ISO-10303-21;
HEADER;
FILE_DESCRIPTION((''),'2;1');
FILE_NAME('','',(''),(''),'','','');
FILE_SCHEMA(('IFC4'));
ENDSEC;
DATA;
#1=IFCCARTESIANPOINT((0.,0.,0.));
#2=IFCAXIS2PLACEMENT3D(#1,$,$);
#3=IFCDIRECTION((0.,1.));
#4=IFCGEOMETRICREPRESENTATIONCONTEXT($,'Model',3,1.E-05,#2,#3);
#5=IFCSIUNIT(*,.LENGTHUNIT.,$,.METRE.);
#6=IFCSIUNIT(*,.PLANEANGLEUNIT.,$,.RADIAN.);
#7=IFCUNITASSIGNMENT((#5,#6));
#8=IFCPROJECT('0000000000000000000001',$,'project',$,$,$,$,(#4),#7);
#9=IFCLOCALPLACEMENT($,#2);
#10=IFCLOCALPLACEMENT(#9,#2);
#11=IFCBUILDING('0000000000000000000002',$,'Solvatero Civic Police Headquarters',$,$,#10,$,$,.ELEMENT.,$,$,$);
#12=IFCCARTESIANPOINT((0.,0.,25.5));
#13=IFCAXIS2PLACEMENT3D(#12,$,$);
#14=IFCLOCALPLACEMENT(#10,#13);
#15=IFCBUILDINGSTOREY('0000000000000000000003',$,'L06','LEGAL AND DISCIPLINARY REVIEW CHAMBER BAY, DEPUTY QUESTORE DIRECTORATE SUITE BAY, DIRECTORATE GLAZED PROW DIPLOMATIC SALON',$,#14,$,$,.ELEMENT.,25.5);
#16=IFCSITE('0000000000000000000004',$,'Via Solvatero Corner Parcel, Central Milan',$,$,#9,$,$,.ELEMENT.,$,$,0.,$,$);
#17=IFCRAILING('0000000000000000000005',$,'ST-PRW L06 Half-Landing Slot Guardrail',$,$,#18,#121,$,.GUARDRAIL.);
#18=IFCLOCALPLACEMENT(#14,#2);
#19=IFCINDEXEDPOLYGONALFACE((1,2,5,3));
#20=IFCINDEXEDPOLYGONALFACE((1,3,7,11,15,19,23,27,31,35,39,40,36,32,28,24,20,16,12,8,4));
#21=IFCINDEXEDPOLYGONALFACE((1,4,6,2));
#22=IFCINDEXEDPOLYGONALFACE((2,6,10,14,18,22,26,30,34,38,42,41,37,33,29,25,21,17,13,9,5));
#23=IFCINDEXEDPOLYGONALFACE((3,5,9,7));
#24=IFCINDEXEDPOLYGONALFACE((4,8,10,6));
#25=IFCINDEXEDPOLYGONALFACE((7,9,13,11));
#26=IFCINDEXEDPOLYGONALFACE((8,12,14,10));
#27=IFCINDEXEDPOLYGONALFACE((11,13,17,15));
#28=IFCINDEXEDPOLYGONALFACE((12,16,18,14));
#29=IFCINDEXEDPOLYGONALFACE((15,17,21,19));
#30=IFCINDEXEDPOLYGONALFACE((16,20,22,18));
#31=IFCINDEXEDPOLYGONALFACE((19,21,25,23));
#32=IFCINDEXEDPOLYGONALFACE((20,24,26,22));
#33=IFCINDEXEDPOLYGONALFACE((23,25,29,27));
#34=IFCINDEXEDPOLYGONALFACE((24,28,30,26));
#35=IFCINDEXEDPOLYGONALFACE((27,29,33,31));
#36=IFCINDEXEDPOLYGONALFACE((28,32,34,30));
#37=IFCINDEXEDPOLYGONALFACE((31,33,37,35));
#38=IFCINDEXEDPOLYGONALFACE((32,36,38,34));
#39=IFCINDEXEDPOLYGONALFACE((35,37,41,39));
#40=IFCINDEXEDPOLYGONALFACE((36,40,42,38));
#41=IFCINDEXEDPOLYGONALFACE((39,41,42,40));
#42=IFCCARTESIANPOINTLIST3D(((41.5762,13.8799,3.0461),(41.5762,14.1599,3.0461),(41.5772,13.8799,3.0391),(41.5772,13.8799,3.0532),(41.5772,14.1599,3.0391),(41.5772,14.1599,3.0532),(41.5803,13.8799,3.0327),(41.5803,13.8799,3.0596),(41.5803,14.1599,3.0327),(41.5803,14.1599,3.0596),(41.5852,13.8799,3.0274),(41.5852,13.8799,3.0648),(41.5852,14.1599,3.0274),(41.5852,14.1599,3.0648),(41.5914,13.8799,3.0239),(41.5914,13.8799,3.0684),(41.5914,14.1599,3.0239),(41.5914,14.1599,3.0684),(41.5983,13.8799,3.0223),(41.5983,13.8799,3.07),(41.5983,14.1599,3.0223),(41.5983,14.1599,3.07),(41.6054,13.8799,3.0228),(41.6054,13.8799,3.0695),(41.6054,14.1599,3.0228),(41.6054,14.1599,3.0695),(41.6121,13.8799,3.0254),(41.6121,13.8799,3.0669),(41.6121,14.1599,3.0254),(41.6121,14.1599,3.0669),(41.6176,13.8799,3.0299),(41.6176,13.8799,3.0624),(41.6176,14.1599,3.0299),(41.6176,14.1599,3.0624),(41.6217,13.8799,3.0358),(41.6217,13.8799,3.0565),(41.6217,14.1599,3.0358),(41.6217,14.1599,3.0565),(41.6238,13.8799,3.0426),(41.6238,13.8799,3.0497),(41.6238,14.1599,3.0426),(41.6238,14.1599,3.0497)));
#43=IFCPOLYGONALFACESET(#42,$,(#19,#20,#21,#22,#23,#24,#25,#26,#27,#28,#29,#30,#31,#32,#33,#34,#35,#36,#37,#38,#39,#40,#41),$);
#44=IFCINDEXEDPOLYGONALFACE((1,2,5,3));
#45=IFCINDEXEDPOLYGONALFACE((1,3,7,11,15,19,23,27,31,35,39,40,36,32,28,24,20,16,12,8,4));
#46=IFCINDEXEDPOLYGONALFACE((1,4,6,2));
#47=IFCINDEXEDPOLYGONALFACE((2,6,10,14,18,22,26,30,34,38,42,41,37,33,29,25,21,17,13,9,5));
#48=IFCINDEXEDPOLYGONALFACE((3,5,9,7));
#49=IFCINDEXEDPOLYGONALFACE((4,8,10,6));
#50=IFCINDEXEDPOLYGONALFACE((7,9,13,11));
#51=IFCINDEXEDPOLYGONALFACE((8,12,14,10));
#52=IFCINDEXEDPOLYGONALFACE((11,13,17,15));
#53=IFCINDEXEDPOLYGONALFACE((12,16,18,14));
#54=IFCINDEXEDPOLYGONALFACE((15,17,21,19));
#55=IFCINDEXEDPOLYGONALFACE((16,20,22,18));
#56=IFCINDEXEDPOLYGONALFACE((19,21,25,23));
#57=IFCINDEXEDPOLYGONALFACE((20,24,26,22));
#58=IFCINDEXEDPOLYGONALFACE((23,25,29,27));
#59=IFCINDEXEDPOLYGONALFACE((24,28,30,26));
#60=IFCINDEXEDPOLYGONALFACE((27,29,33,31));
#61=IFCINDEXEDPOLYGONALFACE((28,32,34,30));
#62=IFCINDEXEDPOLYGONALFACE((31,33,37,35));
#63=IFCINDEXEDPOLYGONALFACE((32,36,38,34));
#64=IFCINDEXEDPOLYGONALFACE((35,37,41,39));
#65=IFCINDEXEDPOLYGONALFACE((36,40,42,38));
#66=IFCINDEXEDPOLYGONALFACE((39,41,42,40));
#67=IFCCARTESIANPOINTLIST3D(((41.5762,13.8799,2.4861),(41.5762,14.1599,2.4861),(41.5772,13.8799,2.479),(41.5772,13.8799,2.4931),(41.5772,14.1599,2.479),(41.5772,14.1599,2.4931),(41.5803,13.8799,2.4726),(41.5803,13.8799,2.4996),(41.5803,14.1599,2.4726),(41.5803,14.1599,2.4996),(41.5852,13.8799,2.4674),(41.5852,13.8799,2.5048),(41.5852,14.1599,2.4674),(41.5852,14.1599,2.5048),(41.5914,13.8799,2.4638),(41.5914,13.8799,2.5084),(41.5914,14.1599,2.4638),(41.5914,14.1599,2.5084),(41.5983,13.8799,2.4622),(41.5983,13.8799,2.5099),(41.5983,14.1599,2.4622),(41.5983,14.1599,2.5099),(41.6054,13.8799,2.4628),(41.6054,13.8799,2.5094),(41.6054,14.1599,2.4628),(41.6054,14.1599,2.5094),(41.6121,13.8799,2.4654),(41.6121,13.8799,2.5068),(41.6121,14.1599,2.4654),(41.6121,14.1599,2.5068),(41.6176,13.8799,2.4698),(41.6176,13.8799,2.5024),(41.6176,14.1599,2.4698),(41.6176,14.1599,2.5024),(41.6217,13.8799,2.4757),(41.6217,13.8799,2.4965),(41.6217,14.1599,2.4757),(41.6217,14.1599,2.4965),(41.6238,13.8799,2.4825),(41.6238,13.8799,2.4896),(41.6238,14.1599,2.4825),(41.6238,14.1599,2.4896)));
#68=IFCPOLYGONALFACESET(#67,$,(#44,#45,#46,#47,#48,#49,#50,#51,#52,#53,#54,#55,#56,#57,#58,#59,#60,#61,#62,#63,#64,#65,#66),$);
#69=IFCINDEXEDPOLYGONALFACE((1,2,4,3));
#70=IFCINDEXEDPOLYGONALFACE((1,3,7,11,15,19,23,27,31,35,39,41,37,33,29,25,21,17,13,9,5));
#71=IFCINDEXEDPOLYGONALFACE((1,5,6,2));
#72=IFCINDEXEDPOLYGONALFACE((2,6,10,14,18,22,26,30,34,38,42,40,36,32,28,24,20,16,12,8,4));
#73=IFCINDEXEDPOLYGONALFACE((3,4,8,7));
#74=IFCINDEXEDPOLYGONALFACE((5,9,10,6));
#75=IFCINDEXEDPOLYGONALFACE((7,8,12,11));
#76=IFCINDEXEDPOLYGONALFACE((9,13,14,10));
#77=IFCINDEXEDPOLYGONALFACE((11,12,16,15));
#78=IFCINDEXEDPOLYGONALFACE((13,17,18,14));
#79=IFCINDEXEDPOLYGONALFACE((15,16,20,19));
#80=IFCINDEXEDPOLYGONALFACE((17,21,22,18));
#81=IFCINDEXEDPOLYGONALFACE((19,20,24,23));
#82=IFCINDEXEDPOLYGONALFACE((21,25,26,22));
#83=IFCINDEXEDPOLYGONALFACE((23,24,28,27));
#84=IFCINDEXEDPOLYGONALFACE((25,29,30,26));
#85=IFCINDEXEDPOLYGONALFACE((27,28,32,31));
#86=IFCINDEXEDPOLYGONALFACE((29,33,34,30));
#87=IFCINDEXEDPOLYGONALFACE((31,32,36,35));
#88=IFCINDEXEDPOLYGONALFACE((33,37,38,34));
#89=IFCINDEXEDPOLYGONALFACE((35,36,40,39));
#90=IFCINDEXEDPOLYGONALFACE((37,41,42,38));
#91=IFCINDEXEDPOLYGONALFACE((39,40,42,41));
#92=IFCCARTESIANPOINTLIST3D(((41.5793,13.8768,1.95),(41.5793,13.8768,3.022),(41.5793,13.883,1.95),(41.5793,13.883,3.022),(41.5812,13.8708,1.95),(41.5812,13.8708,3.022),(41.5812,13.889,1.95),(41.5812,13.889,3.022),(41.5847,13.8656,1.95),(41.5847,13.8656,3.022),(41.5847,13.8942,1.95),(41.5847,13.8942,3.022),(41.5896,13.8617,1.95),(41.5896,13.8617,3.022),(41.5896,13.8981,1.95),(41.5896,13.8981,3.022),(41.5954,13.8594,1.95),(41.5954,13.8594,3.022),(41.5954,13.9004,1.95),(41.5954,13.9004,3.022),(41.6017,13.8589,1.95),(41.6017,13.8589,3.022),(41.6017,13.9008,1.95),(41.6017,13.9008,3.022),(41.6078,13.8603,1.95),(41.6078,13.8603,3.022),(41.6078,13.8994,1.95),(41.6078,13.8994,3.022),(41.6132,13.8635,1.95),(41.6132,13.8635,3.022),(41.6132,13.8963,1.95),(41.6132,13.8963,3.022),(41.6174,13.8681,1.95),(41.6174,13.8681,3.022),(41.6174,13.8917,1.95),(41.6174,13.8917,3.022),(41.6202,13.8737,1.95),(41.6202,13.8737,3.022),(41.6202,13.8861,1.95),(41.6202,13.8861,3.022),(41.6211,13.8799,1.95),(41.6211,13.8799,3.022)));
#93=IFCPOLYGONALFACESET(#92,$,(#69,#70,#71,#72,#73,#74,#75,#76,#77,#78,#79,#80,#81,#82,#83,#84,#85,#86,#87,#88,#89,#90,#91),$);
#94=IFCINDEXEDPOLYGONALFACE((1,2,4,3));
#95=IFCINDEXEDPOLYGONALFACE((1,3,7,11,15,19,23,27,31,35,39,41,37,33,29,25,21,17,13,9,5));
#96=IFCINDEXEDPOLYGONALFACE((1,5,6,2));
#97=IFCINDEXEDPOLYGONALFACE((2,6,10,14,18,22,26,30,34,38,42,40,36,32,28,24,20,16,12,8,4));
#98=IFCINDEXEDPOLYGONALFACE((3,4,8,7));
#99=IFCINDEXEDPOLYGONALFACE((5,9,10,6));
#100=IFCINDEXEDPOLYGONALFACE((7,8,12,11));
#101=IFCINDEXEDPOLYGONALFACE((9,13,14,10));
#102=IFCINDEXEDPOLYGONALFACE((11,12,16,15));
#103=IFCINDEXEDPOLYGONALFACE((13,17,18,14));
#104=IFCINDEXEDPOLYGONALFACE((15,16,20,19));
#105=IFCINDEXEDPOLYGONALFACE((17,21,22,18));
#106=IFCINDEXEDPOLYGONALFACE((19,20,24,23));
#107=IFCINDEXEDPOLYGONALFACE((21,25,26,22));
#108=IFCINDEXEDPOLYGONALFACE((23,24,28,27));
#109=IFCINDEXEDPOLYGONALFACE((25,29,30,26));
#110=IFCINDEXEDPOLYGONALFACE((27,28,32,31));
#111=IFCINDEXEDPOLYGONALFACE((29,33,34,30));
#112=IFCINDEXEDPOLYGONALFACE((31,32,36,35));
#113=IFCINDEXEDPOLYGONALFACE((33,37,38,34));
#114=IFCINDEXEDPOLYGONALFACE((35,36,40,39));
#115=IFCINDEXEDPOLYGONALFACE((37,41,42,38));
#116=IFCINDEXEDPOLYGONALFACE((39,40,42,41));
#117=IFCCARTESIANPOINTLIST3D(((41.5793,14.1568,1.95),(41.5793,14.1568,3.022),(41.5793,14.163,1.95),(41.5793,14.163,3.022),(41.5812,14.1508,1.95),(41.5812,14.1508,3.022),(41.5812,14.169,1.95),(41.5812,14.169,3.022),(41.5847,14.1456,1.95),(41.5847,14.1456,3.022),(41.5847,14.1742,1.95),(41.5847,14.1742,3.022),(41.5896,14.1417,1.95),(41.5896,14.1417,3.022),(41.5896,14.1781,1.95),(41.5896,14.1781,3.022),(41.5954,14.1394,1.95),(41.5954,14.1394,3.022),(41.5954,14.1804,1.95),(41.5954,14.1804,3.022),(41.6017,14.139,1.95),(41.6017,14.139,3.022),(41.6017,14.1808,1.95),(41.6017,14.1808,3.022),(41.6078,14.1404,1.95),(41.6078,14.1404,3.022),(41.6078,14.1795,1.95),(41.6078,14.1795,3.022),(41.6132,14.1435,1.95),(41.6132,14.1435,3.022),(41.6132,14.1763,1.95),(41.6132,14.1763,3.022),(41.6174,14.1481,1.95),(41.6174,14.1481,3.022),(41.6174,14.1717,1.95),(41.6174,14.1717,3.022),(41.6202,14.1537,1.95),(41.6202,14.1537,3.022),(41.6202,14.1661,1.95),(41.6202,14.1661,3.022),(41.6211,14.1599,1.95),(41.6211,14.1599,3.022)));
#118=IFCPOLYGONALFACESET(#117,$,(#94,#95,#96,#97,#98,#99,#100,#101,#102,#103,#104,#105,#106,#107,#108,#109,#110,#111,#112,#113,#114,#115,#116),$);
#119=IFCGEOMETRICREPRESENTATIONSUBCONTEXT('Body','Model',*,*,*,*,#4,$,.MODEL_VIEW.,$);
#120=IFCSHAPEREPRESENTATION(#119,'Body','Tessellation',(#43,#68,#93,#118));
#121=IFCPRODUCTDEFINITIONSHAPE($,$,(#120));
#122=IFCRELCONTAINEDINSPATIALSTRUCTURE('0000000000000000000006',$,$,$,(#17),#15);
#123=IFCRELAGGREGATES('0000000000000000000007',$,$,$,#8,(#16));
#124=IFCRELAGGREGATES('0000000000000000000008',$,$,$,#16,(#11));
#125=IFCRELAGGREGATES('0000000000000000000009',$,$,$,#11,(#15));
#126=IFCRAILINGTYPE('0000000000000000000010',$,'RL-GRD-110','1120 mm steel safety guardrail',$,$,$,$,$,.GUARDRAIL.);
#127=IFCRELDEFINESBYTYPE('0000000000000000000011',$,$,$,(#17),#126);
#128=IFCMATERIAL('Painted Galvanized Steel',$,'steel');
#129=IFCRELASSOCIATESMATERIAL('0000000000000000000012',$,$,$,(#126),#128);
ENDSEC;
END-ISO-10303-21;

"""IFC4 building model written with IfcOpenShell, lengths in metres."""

from ifc_helpers import new_model, si_unit, direction, frame, origin, origin_2d, place, context, subcontext, project, spatial, circle, extrude, material, type_object, element, save


model = new_model("IFC4")

# Units and contexts
model_context = context("Model", 3, precision=1e-05, world=origin(), true_north=direction((0.0, 1.0)))
body_context = subcontext(model_context, "Body", "Model", "MODEL_VIEW")
ifc_project = project(units=[si_unit("LENGTHUNIT", "METRE"), si_unit("PLANEANGLEUNIT", "RADIAN")], contexts=[model_context])

# Site, building, storey
site_placement = place(None, origin())
site = spatial("IfcSite", under=ifc_project, at=site_placement, Name="Via Solvatero Corner Parcel, Central Milan", CompositionType="ELEMENT", RefElevation=0.0)
building_placement = place(site_placement, origin())
building = spatial("IfcBuilding", under=site, at=building_placement, Name="Solvatero Civic Police Headquarters", CompositionType="ELEMENT")
storey_placement = place(building_placement, frame((0.0, 0.0, 25.5)))
storey = spatial("IfcBuildingStorey", under=building, at=storey_placement, Name="L06", Description="LEGAL AND DISCIPLINARY REVIEW CHAMBER BAY, DEPUTY QUESTORE DIRECTORATE SUITE BAY, DIRECTORATE GLAZED PROW DIPLOMATIC SALON", CompositionType="ELEMENT", Elevation=25.5)

# Railing
ifc_material_1 = material(Name="Painted Galvanized Steel", Category="steel")
railing_type_1 = type_object("IfcRailingType", Name="RL-GRD-110", Description="1120 mm steel safety guardrail", PredefinedType="GUARDRAIL", material=ifc_material_1)
railing_1_placement = place(storey_placement, frame((41.6001, 13.8799, 1.95)))
element("IfcRailing", 1, at=railing_1_placement, inside=storey, type_object=railing_type_1, Name="ST-PRW L06 Half-Landing Slot Guardrail", PredefinedType="GUARDRAIL", context=body_context, shape_type="SweptSolid", body=[
    extrude(circle(Radius=0.0239, at=origin_2d()), frame((0.0, 0.0, 1.0962), z_axis=(0.0, 1.0, 0.0), x_axis=(-1.0, 0.0, 0.0)), (0.0, 0.0, 1.0), 0.28),
    extrude(circle(Radius=0.0239, at=origin_2d()), frame((0.0, 0.0, 0.5361), z_axis=(0.0, 1.0, 0.0), x_axis=(-1.0, 0.0, 0.0)), (0.0, 0.0, 1.0), 0.28),
    extrude(circle(Radius=0.021, at=origin_2d()), origin(), (0.0, 0.0, 1.0), 1.072),
    extrude(circle(Radius=0.021, at=origin_2d()), frame((0.0, 0.28, 0.0)), (0.0, 0.0, 1.0), 1.072),
])

save(model, "model.ifc")
